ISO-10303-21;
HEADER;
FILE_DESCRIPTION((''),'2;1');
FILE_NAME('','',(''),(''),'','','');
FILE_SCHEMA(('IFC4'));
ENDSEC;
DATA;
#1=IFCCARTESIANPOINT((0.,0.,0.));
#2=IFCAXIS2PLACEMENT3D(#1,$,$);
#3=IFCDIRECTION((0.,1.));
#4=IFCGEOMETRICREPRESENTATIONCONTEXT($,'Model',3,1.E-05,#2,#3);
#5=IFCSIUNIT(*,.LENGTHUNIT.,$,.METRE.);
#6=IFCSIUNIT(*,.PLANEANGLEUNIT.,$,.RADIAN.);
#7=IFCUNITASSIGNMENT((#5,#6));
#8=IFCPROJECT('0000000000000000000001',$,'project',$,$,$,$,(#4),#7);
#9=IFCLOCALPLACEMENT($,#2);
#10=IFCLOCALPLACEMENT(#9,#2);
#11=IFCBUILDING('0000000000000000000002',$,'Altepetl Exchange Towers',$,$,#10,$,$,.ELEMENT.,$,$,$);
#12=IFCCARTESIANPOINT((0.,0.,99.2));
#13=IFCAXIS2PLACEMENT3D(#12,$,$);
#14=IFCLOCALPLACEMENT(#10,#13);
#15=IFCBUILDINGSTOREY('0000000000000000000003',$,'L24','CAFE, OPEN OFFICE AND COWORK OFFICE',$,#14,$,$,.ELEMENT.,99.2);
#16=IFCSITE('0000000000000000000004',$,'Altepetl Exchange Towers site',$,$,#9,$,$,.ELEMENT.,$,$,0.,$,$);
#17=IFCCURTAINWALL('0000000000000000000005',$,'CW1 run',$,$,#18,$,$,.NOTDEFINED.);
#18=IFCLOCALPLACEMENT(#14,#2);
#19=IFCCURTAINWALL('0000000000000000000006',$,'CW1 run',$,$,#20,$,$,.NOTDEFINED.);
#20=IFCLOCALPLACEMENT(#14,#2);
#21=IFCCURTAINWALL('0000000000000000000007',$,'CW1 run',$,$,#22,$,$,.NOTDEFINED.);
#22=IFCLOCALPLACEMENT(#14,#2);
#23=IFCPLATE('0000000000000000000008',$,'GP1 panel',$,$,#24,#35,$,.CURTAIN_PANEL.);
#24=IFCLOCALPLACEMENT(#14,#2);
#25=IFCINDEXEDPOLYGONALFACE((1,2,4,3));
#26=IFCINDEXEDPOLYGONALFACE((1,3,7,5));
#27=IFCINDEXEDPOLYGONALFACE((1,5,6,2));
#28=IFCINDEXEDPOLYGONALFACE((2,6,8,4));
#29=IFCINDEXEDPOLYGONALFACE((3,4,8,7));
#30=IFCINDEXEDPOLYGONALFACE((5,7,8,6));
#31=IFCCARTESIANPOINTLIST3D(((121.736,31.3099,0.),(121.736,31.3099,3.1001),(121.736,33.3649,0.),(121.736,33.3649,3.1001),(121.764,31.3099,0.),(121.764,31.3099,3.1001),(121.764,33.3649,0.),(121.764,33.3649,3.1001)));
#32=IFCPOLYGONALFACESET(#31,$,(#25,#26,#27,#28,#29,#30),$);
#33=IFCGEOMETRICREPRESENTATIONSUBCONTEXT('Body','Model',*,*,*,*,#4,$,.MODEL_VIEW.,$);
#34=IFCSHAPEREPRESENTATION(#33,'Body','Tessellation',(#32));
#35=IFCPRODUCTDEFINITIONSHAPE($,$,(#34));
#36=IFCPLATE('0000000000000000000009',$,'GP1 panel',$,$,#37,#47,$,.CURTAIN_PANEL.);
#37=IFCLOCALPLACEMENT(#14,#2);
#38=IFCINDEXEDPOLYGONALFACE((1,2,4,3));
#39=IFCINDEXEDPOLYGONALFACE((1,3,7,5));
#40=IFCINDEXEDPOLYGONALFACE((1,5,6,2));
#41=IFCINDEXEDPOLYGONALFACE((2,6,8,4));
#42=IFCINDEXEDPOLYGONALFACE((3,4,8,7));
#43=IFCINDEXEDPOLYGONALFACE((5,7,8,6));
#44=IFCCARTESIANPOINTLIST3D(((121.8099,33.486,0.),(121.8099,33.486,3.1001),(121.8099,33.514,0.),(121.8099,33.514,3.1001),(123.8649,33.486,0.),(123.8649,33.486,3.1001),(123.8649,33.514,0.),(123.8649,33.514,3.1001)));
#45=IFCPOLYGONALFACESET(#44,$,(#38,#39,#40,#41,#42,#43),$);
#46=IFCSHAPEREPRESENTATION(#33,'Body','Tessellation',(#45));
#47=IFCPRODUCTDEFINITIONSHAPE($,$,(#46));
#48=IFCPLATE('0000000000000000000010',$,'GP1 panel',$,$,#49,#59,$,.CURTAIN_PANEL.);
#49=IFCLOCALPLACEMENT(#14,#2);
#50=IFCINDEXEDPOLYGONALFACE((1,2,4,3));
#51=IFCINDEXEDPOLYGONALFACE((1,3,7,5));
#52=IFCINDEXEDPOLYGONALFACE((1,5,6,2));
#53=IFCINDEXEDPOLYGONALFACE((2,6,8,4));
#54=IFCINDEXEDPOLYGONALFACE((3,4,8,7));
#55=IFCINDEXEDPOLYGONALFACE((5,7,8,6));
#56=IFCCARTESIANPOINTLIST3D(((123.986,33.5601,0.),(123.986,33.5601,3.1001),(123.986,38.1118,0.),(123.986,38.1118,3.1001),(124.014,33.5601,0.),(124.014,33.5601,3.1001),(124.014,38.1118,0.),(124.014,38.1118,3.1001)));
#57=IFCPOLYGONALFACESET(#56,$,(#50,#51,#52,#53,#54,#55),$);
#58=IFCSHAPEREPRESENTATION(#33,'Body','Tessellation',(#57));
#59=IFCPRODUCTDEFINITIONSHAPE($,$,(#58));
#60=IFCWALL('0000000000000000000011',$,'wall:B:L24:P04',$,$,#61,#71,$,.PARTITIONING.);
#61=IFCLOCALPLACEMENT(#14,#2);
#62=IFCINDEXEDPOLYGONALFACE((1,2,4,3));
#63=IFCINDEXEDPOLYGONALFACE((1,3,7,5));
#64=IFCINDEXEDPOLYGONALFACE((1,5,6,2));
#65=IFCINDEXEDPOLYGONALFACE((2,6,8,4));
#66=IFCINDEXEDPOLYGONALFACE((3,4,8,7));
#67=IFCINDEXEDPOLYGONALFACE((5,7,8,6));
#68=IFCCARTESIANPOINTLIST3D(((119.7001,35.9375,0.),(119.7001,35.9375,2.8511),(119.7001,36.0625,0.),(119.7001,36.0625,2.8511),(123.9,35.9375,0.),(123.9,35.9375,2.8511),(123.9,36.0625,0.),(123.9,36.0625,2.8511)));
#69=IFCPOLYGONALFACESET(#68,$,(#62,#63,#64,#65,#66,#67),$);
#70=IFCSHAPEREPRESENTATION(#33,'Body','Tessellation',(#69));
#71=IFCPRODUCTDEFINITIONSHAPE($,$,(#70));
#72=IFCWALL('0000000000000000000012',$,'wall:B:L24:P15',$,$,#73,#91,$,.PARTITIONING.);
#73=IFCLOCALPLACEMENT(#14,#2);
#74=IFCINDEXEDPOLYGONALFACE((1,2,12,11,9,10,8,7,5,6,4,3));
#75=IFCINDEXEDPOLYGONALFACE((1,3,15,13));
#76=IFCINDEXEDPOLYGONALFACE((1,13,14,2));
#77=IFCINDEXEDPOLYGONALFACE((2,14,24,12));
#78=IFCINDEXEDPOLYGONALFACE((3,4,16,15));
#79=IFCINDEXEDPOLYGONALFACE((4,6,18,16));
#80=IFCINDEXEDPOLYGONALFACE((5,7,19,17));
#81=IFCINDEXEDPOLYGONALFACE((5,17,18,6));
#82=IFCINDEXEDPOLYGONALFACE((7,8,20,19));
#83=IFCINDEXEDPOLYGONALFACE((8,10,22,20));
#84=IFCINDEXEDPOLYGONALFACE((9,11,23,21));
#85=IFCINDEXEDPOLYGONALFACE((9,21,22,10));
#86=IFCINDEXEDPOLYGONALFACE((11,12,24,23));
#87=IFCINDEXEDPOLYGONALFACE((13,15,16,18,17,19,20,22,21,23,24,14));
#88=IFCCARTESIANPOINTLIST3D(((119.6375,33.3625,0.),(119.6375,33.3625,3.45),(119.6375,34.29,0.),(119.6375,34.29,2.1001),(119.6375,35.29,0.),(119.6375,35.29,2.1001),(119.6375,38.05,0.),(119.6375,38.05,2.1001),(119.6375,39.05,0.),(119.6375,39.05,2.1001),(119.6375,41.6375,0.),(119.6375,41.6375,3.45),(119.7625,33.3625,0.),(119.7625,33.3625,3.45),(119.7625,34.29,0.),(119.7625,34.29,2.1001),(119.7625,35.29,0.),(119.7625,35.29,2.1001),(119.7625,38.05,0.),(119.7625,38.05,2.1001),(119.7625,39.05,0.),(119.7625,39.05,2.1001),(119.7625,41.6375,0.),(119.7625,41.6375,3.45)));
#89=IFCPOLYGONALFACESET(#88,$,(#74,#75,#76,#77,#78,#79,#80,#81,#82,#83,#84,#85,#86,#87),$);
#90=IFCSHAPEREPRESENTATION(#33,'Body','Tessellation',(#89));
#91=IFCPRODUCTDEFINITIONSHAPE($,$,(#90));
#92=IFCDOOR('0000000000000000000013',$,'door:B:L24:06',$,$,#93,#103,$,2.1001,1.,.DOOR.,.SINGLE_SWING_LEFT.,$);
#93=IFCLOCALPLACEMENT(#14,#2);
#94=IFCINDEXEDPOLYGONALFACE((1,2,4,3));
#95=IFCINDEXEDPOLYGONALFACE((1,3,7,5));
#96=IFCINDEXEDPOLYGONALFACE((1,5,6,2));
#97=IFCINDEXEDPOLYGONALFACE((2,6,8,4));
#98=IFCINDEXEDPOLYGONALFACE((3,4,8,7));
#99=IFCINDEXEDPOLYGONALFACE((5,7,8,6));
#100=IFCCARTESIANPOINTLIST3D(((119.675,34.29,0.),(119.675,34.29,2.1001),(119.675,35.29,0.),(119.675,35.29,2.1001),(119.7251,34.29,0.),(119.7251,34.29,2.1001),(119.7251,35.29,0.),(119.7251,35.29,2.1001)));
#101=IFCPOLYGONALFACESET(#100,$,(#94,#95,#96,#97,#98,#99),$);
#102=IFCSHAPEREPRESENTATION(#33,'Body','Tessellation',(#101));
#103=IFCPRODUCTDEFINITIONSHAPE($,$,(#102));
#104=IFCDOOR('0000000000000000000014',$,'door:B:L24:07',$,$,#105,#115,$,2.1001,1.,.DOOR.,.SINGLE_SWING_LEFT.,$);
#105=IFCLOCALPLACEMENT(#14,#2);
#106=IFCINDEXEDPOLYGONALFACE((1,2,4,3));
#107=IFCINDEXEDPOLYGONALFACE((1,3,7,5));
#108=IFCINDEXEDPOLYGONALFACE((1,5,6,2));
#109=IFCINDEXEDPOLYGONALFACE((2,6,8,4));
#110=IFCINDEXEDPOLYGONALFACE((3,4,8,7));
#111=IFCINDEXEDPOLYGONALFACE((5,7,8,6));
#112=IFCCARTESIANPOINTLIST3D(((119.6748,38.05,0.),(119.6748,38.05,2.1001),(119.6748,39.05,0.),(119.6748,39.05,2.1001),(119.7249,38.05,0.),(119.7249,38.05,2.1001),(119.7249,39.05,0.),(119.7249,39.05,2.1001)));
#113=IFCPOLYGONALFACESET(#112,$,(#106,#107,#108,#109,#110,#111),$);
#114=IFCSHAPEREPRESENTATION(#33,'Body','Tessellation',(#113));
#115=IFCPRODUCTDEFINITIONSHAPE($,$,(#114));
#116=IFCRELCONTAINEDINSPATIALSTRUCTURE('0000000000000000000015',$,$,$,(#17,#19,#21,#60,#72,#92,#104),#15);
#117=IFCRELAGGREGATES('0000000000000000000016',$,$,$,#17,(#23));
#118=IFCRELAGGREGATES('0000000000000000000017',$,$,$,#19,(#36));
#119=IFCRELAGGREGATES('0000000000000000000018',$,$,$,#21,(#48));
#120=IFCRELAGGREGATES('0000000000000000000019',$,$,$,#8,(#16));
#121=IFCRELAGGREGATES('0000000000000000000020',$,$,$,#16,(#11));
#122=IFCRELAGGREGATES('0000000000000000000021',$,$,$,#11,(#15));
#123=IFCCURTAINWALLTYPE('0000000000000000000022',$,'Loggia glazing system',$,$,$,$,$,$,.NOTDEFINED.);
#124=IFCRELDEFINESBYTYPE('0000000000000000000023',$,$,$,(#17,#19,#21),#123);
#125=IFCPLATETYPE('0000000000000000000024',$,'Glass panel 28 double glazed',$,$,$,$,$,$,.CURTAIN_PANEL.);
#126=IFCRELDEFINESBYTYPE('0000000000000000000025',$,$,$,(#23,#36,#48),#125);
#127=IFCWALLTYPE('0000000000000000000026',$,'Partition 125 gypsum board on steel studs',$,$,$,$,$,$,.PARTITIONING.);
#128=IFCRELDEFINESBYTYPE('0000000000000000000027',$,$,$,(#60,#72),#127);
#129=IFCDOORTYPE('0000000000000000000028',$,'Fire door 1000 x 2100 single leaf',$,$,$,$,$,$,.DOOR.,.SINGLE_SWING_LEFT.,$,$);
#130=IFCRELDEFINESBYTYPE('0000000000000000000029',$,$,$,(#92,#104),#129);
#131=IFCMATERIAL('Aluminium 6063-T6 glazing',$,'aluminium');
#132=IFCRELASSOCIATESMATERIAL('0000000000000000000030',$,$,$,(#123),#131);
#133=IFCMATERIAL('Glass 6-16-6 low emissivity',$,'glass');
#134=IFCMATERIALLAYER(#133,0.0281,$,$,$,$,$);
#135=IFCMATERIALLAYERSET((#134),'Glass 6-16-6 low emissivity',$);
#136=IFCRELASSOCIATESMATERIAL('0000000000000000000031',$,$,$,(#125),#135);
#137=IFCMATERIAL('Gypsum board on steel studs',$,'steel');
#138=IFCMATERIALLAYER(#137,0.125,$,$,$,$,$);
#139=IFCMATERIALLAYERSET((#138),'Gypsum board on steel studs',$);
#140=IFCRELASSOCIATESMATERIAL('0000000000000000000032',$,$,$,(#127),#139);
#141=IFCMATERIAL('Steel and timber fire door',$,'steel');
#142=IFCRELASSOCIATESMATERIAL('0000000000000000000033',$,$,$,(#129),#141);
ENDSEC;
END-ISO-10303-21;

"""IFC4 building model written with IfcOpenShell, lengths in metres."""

from ifc_helpers import new_model, si_unit, direction, frame, frame_2d, origin, origin_2d, place, context, subcontext, project, spatial, rectangle, extrude, material, layer, layer_set, type_object, element, fill, aggregate, save


model = new_model("IFC4")

# Units and contexts
model_context = context("Model", 3, precision=1e-05, world=origin(), true_north=direction((0.0, 1.0)))
body_context = subcontext(model_context, "Body", "Model", "MODEL_VIEW")
ifc_project = project(units=[si_unit("LENGTHUNIT", "METRE"), si_unit("PLANEANGLEUNIT", "RADIAN")], contexts=[model_context])

# Site, building, storey
site_placement = place(None, origin())
site = spatial("IfcSite", under=ifc_project, at=site_placement, Name="Altepetl Exchange Towers site", CompositionType="ELEMENT", RefElevation=0.0)
building_placement = place(site_placement, origin())
building = spatial("IfcBuilding", under=site, at=building_placement, Name="Altepetl Exchange Towers", CompositionType="ELEMENT")
storey_placement = place(building_placement, frame((0.0, 0.0, 99.2)))
storey = spatial("IfcBuildingStorey", under=building, at=storey_placement, Name="L24", Description="CAFE, OPEN OFFICE AND COWORK OFFICE", CompositionType="ELEMENT", Elevation=99.2)

# Shared definitions
ifc_material_1 = material(Name="Aluminium 6063-T6 glazing", Category="aluminium")
curtain_wall_type = type_object("IfcCurtainWallType", Name="Loggia glazing system", PredefinedType="NOTDEFINED", material=ifc_material_1)

# Curtain walls
curtain_wall_1_placement = place(storey_placement, origin())
curtain_wall_1 = element("IfcCurtainWall", 1, at=curtain_wall_1_placement, inside=storey, type_object=curtain_wall_type, Name="CW1 run", PredefinedType="NOTDEFINED")
curtain_wall_2_placement = place(storey_placement, origin())
curtain_wall_2 = element("IfcCurtainWall", 2, at=curtain_wall_2_placement, inside=storey, type_object=curtain_wall_type, Name="CW1 run", PredefinedType="NOTDEFINED")

# Curtain wall
curtain_wall_3_placement = place(storey_placement, origin())
curtain_wall_3 = element("IfcCurtainWall", 3, at=curtain_wall_3_placement, inside=storey, type_object=curtain_wall_type, Name="CW1 run", PredefinedType="NOTDEFINED")

# Plates
ifc_material_2 = material(Name="Glass 6-16-6 low emissivity", Category="glass")
ifc_layer_1 = layer(ifc_material_2, 0.0281)
ifc_layer_set_1 = layer_set([ifc_layer_1], Name="Glass 6-16-6 low emissivity")
plate_type = type_object("IfcPlateType", Name="Glass panel 28 double glazed", PredefinedType="CURTAIN_PANEL", material=ifc_layer_set_1)
plate_1_placement = place(storey_placement, frame((121.75, 32.3374, 0.0), z_axis=(0.0, 0.0, 1.0), x_axis=(0.0, 1.0, 0.0)))
plate_1 = element("IfcPlate", 4, at=plate_1_placement, type_object=plate_type, Name="GP1 panel", PredefinedType="CURTAIN_PANEL", context=body_context, shape_type="SweptSolid", body=[
    extrude(rectangle(XDim=2.0549, YDim=0.0281, at=origin_2d()), origin(), (0.0, 0.0, 1.0), 3.1001),
])
aggregate(curtain_wall_1, [plate_1])
plate_2_placement = place(storey_placement, frame((122.8374, 33.5, 0.0)))
plate_2 = element("IfcPlate", 5, at=plate_2_placement, type_object=plate_type, Name="GP1 panel", PredefinedType="CURTAIN_PANEL", context=body_context, shape_type="SweptSolid", body=[
    extrude(rectangle(XDim=2.0549, YDim=0.0281, at=origin_2d()), origin(), (0.0, 0.0, 1.0), 3.1001),
])
aggregate(curtain_wall_2, [plate_2])
plate_3_placement = place(storey_placement, frame((124.0, 35.8359, 0.0), z_axis=(0.0, 0.0, 1.0), x_axis=(0.0, 1.0, 0.0)))
plate_3 = element("IfcPlate", 6, at=plate_3_placement, type_object=plate_type, Name="GP1 panel", PredefinedType="CURTAIN_PANEL", context=body_context, shape_type="SweptSolid", body=[
    extrude(rectangle(XDim=4.5518, YDim=0.0281, at=origin_2d()), origin(), (0.0, 0.0, 1.0), 3.1001),
])
aggregate(curtain_wall_3, [plate_3])

# Wall
ifc_material_3 = material(Name="Gypsum board on steel studs", Category="steel")
ifc_layer_2 = layer(ifc_material_3, 0.125)
ifc_layer_set_2 = layer_set([ifc_layer_2], Name="Gypsum board on steel studs")
wall_type = type_object("IfcWallType", Name="Partition 125 gypsum board on steel studs", PredefinedType="PARTITIONING", material=ifc_layer_set_2)
wall_1_placement = place(storey_placement, frame((119.7, 36.0, 0.0)))
element("IfcWall", 7, at=wall_1_placement, inside=storey, type_object=wall_type, Name="wall:B:L24:P04", PredefinedType="PARTITIONING", context=body_context, shape_type="SweptSolid", body=[
    extrude(rectangle(XDim=4.2, YDim=0.125, at=frame_2d((2.1001, 0.0))), origin(), (0.0, 0.0, 1.0), 2.8511),
])

# Wall, openings, doors
wall_2_placement = place(storey_placement, frame((119.7, 33.3625, 0.0), z_axis=(0.0, 0.0, 1.0), x_axis=(0.0, 1.0, 0.0)))
wall_2 = element("IfcWall", 8, at=wall_2_placement, inside=storey, type_object=wall_type, Name="wall:B:L24:P15", PredefinedType="PARTITIONING", context=body_context, shape_type="SweptSolid", body=[
    extrude(rectangle(XDim=8.2749, YDim=0.125, at=frame_2d((4.1375, 0.0))), origin(), (0.0, 0.0, 1.0), 3.45),
])
opening_1_placement = place(wall_2_placement, frame((0.9275, 0.0, 0.0)))
opening_1 = element("IfcOpeningElement", 9, at=opening_1_placement, cuts=wall_2, PredefinedType="OPENING", context=body_context, shape_type="SweptSolid", body=[
    extrude(rectangle(XDim=1.0, YDim=2.1001, at=frame_2d((0.5, 1.05))), frame((0.0, 0.0725, 0.0), z_axis=(0.0, -1.0, 0.0), x_axis=(1.0, 0.0, 0.0)), (0.0, 0.0, 1.0), 0.145),
])
opening_2_placement = place(wall_2_placement, frame((4.6875, 0.0, 0.0)))
opening_2 = element("IfcOpeningElement", 10, at=opening_2_placement, cuts=wall_2, PredefinedType="OPENING", context=body_context, shape_type="SweptSolid", body=[
    extrude(rectangle(XDim=1.0, YDim=2.1001, at=frame_2d((0.5, 1.05))), frame((0.0, 0.0725, 0.0), z_axis=(0.0, -1.0, 0.0), x_axis=(1.0, 0.0, 0.0)), (0.0, 0.0, 1.0), 0.145),
])
ifc_material_4 = material(Name="Steel and timber fire door", Category="steel")
door_type = type_object("IfcDoorType", Name="Fire door 1000 x 2100 single leaf", OperationType="SINGLE_SWING_LEFT", PredefinedType="DOOR", material=ifc_material_4)
door_1_placement = place(opening_1_placement, origin())
door_1 = element("IfcDoor", 11, at=door_1_placement, inside=storey, type_object=door_type, Name="door:B:L24:06", OperationType="SINGLE_SWING_LEFT", OverallHeight=2.1001, OverallWidth=1.0, PredefinedType="DOOR", context=body_context, shape_type="SweptSolid", body=[
    extrude(rectangle(XDim=1.0, YDim=2.1001, at=frame_2d((0.5, 1.05))), frame((0.0, 0.0249, 0.0), z_axis=(0.0, -1.0, 0.0), x_axis=(1.0, 0.0, 0.0)), (0.0, 0.0, 1.0), 0.05),
])
fill(opening_1, door_1)
door_2_placement = place(opening_2_placement, frame((1.0, 0.0, 0.0), x_axis=(-1.0, 0.0, 0.0)))
door_2 = element("IfcDoor", 12, at=door_2_placement, inside=storey, type_object=door_type, Name="door:B:L24:07", OperationType="SINGLE_SWING_LEFT", OverallHeight=2.1001, OverallWidth=1.0, PredefinedType="DOOR", context=body_context, shape_type="SweptSolid", body=[
    extrude(rectangle(XDim=1.0, YDim=2.1001, at=frame_2d((0.5, 1.05))), frame((0.0, 0.0249, 0.0), z_axis=(0.0, -1.0, 0.0), x_axis=(1.0, 0.0, 0.0)), (0.0, 0.0, 1.0), 0.05),
])
fill(opening_2, door_2)

save(model, "model.ifc")
